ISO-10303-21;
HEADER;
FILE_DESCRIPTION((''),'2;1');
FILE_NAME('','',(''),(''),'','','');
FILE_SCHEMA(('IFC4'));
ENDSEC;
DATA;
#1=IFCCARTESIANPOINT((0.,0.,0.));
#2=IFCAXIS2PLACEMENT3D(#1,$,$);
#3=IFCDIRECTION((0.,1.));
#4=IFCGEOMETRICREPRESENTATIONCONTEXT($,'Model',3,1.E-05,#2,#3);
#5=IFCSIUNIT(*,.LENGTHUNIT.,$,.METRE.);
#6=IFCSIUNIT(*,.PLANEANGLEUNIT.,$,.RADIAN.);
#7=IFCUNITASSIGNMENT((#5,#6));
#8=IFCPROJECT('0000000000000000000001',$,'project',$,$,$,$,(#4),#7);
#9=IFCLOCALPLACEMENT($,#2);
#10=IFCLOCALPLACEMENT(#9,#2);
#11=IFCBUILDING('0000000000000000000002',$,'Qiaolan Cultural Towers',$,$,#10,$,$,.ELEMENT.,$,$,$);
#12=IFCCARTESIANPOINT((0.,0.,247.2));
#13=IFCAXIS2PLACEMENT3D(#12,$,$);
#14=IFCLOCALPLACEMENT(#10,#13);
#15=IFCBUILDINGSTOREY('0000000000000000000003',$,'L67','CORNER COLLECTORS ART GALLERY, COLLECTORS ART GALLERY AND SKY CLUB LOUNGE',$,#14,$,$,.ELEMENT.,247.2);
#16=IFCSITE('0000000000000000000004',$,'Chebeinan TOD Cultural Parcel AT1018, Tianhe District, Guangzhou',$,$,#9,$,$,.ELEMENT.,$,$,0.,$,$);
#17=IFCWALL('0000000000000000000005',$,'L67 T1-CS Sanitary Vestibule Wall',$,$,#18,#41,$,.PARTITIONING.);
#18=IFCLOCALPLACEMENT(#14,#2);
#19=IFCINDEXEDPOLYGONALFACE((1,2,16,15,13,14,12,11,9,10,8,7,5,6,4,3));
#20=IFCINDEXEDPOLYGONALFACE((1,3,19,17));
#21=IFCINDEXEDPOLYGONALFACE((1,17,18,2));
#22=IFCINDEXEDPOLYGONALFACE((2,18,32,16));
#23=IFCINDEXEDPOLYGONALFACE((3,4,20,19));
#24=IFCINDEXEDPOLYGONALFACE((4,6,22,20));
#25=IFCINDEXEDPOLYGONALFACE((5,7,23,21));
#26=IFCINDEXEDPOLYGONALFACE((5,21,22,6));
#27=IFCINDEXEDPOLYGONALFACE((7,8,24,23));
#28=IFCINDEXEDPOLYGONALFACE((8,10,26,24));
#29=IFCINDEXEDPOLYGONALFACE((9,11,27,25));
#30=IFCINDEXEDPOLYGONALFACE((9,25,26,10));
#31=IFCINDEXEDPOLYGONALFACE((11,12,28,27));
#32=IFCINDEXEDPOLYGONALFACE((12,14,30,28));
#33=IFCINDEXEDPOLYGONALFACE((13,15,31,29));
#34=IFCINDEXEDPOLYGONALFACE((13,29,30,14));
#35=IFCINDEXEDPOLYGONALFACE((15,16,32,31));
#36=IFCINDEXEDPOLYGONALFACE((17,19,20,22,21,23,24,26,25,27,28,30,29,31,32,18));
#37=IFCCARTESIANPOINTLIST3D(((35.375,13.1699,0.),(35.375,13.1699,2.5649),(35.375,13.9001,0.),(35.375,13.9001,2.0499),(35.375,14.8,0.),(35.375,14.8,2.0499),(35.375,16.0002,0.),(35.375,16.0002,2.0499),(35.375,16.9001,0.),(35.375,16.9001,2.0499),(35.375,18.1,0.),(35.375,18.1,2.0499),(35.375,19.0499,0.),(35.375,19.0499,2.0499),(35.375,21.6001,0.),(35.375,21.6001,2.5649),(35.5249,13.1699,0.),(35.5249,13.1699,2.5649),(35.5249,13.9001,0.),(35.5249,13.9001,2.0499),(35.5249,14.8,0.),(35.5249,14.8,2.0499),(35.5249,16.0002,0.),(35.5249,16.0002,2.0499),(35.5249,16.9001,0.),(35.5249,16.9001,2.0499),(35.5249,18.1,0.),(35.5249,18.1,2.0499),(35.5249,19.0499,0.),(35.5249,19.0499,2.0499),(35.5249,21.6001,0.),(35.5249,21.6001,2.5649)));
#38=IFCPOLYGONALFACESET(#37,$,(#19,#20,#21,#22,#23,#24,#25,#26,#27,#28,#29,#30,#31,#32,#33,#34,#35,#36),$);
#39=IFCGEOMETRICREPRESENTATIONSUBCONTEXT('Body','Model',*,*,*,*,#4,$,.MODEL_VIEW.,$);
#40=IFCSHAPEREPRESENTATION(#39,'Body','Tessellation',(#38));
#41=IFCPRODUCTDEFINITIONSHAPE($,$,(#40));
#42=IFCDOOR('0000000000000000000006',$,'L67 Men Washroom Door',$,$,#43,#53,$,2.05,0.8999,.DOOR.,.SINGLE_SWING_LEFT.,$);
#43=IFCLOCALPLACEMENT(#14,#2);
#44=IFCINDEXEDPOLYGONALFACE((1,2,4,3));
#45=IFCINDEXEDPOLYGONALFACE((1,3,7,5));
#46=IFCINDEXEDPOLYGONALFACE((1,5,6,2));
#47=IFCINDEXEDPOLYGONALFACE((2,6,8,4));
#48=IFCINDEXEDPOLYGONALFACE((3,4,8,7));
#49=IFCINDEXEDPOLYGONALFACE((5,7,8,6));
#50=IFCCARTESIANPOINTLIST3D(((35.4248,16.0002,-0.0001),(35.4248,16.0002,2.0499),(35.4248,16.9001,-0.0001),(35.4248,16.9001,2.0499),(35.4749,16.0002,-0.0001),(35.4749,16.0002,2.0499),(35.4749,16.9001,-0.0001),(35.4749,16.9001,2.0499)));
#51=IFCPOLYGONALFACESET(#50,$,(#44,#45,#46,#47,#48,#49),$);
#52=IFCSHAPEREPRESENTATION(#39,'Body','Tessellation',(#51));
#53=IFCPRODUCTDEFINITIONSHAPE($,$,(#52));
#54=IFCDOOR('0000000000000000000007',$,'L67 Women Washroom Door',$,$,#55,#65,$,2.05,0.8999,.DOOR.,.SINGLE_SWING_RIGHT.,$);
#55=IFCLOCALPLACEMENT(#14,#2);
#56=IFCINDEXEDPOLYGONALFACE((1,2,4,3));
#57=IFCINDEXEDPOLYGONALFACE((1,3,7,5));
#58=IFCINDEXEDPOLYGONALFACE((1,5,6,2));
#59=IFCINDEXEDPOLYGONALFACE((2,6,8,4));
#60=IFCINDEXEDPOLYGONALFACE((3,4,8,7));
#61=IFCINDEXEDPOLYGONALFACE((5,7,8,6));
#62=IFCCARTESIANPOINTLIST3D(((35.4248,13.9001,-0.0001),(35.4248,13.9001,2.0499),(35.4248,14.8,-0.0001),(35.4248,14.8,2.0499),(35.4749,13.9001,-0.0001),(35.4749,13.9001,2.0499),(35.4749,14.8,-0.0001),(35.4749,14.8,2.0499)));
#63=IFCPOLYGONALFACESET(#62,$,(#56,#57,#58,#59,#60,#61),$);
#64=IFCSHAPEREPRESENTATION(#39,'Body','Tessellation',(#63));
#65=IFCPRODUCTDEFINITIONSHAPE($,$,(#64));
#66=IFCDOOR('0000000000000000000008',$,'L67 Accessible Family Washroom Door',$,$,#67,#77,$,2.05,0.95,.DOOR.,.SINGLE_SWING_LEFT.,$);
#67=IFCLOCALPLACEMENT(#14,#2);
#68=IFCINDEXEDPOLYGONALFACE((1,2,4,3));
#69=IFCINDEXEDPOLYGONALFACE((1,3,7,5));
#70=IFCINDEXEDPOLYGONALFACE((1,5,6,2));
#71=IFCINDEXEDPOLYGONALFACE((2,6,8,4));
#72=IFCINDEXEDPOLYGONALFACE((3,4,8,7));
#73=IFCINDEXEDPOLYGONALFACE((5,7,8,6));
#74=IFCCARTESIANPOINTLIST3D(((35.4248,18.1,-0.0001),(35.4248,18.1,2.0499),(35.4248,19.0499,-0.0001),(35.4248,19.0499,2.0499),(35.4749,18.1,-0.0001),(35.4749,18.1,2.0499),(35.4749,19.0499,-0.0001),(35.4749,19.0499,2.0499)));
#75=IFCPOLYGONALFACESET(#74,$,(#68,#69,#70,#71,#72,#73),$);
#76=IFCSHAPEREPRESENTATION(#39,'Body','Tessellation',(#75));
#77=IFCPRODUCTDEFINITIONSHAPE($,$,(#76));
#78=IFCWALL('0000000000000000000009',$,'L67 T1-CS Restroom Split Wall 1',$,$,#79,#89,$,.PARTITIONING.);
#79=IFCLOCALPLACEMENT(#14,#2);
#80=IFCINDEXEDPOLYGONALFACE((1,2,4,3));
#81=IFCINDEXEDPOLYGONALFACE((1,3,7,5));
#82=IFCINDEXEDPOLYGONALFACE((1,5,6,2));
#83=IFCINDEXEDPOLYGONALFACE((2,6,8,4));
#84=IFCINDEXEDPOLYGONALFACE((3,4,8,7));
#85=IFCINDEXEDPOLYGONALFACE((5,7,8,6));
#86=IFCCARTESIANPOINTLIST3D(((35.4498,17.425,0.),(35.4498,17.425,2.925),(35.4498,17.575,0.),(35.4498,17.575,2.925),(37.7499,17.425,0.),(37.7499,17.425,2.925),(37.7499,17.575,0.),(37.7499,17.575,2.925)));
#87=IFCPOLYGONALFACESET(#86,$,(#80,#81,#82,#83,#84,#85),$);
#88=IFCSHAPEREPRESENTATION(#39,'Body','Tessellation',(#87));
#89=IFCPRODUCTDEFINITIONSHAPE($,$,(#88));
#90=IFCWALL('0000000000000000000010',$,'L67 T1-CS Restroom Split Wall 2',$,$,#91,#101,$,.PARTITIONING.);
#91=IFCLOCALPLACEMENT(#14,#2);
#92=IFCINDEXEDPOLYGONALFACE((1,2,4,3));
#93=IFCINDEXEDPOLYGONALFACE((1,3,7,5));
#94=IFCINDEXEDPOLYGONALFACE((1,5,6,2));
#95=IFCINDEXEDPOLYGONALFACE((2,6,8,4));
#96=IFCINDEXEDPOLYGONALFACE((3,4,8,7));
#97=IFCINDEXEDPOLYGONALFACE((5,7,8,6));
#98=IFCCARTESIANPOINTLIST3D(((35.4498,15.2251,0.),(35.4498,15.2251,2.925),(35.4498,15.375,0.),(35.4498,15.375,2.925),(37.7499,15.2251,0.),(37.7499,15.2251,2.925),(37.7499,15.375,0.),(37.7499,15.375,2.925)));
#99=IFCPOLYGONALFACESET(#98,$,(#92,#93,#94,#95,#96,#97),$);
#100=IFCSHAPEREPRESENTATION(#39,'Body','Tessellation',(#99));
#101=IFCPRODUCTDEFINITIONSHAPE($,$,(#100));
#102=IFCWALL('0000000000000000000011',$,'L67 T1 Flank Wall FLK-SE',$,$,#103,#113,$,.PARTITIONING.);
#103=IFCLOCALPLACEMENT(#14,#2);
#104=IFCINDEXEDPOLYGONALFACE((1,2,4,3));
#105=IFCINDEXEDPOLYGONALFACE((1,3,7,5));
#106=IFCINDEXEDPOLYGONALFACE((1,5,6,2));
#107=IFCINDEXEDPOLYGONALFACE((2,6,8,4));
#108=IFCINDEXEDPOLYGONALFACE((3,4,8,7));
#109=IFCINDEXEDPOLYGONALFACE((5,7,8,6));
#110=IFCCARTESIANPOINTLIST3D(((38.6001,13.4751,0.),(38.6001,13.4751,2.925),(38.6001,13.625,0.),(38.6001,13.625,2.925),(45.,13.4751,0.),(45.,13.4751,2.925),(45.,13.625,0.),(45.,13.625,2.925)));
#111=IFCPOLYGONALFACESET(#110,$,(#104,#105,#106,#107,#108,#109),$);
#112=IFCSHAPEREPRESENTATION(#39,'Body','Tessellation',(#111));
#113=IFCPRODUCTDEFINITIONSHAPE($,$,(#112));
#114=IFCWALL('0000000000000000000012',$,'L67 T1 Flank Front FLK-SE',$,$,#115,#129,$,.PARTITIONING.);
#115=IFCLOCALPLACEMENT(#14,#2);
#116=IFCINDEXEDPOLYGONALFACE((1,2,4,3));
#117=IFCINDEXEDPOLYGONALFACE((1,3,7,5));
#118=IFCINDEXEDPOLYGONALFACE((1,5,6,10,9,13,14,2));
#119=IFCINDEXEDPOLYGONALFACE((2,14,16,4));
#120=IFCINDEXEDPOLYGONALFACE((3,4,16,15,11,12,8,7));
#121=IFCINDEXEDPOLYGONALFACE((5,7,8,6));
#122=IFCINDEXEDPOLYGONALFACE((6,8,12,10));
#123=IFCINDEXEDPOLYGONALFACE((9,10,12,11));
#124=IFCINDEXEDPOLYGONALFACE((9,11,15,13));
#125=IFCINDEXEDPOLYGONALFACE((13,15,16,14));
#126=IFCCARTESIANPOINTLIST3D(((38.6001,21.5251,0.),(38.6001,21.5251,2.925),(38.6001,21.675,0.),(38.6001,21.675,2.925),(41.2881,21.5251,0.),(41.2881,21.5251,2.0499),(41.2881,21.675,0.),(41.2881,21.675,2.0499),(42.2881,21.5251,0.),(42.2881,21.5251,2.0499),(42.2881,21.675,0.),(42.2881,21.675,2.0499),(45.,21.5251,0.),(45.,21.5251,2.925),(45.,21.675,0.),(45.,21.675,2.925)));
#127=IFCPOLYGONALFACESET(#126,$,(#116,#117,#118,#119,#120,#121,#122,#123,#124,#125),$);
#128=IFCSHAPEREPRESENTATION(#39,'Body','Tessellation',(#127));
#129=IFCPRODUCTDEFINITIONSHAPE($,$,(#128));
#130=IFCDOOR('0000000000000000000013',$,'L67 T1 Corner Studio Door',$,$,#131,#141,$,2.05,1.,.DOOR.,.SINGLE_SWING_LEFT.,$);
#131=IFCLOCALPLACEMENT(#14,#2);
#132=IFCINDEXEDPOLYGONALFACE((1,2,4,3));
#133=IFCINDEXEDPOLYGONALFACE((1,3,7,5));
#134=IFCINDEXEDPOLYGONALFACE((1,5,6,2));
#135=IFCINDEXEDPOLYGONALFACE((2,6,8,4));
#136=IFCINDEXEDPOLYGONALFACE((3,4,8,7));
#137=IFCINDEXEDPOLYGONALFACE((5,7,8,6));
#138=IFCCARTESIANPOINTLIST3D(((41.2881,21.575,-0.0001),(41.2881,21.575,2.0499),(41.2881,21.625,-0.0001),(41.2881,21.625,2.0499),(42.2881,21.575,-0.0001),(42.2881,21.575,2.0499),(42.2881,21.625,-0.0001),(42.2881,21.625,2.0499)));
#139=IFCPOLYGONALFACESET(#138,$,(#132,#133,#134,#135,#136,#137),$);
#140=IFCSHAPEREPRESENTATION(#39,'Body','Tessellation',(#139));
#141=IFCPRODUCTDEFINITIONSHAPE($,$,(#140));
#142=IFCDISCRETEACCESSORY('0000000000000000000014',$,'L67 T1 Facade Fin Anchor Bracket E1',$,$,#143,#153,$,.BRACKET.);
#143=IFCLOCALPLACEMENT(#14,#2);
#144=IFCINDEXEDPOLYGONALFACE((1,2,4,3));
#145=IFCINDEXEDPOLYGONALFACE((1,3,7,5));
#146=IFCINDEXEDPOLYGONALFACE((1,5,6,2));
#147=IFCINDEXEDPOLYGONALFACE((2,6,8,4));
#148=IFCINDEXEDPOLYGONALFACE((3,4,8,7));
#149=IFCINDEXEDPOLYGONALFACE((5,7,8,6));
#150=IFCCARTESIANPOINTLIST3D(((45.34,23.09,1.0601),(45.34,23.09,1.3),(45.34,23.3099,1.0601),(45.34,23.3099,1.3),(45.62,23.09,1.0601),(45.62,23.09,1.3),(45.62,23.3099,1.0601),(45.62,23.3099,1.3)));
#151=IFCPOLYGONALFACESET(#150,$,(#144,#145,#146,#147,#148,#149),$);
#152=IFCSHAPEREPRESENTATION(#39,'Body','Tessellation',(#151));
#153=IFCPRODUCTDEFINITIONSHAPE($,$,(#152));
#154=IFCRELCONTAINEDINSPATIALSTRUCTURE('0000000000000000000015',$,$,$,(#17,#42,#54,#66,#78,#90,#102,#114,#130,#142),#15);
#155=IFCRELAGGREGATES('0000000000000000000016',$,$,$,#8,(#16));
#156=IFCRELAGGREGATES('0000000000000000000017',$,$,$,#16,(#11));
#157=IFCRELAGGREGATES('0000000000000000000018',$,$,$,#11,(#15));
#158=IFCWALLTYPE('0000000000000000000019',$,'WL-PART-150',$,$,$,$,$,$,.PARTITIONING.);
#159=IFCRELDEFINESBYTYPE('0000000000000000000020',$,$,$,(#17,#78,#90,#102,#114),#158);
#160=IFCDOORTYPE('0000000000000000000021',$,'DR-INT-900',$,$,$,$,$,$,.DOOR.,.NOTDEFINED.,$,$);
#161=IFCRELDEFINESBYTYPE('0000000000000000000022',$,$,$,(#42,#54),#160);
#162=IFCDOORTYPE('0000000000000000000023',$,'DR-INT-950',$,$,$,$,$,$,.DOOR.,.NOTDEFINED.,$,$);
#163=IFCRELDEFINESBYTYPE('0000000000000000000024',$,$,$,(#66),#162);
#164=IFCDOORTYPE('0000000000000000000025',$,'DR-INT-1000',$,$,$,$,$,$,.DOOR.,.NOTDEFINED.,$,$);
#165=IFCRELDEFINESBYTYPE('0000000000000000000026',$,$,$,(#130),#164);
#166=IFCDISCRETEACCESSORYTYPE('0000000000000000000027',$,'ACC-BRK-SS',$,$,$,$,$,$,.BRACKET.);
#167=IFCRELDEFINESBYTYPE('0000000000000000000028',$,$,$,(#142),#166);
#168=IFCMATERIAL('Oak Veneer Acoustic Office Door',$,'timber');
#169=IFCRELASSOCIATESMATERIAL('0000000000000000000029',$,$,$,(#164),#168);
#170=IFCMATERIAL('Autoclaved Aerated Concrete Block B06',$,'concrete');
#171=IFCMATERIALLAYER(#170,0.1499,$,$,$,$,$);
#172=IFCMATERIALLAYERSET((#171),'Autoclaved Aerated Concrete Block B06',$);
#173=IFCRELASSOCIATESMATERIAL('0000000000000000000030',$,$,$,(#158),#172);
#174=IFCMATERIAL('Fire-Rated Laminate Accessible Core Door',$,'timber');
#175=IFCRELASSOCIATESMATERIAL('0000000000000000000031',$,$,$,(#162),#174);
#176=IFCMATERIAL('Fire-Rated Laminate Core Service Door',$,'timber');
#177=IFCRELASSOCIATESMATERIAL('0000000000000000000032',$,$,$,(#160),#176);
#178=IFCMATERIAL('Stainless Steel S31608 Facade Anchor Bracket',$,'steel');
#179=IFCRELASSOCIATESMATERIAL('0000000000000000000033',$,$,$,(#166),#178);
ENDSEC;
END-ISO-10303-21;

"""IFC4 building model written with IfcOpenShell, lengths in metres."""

from ifc_helpers import new_model, si_unit, direction, frame, frame_2d, origin, origin_2d, place, context, subcontext, project, spatial, rectangle, extrude, material, layer, layer_set, type_object, element, fill, save


model = new_model("IFC4")

# Units and contexts
model_context = context("Model", 3, precision=1e-05, world=origin(), true_north=direction((0.0, 1.0)))
body_context = subcontext(model_context, "Body", "Model", "MODEL_VIEW")
ifc_project = project(units=[si_unit("LENGTHUNIT", "METRE"), si_unit("PLANEANGLEUNIT", "RADIAN")], contexts=[model_context])

# Site, building, storey
site_placement = place(None, origin())
site = spatial("IfcSite", under=ifc_project, at=site_placement, Name="Chebeinan TOD Cultural Parcel AT1018, Tianhe District, Guangzhou", CompositionType="ELEMENT", RefElevation=0.0)
building_placement = place(site_placement, origin())
building = spatial("IfcBuilding", under=site, at=building_placement, Name="Qiaolan Cultural Towers", CompositionType="ELEMENT")
storey_placement = place(building_placement, frame((0.0, 0.0, 247.2)))
storey = spatial("IfcBuildingStorey", under=building, at=storey_placement, Name="L67", Description="CORNER COLLECTORS ART GALLERY, COLLECTORS ART GALLERY AND SKY CLUB LOUNGE", CompositionType="ELEMENT", Elevation=247.2)

# Shared definitions
ifc_material_1 = material(Name="Oak Veneer Acoustic Office Door", Category="timber")
door_type_1 = type_object("IfcDoorType", Name="DR-INT-1000", OperationType="NOTDEFINED", PredefinedType="DOOR", material=ifc_material_1)

# Shared definitions
ifc_material_2 = material(Name="Autoclaved Aerated Concrete Block B06", Category="concrete")
ifc_layer_1 = layer(ifc_material_2, 0.1499)
ifc_layer_set_1 = layer_set([ifc_layer_1], Name="Autoclaved Aerated Concrete Block B06")
wall_type_1 = type_object("IfcWallType", Name="WL-PART-150", PredefinedType="PARTITIONING", material=ifc_layer_set_1)
ifc_material_3 = material(Name="Fire-Rated Laminate Accessible Core Door", Category="timber")
door_type_2 = type_object("IfcDoorType", Name="DR-INT-950", OperationType="NOTDEFINED", PredefinedType="DOOR", material=ifc_material_3)

# Wall, openings, doors
wall_1_placement = place(storey_placement, frame((35.45, 21.6001, 0.0), z_axis=(0.0, 0.0, 1.0), x_axis=(0.0, -1.0, 0.0)))
wall_1 = element("IfcWall", 1, at=wall_1_placement, inside=storey, type_object=wall_type_1, Name="L67 T1-CS Sanitary Vestibule Wall", PredefinedType="PARTITIONING", context=body_context, shape_type="SweptSolid", body=[
    extrude(rectangle(XDim=8.4302, YDim=0.1499, at=frame_2d((4.2151, 0.0))), origin(), (0.0, 0.0, 1.0), 2.5649),
])
opening_1_placement = place(wall_1_placement, frame((2.55, 0.0, 0.0)))
opening_1 = element("IfcOpeningElement", 2, at=opening_1_placement, cuts=wall_1, PredefinedType="OPENING", context=body_context, shape_type="SweptSolid", body=[
    extrude(rectangle(XDim=0.95, YDim=2.05, at=frame_2d((0.4751, 1.0249))), frame((0.0, 0.085, 0.0), z_axis=(0.0, -1.0, 0.0), x_axis=(1.0, 0.0, 0.0)), (0.0, 0.0, 1.0), 0.1699),
])
opening_2_placement = place(wall_1_placement, frame((4.7, 0.0, 0.0)))
opening_2 = element("IfcOpeningElement", 3, at=opening_2_placement, cuts=wall_1, PredefinedType="OPENING", context=body_context, shape_type="SweptSolid", body=[
    extrude(rectangle(XDim=0.8999, YDim=2.05, at=frame_2d((0.45, 1.0249))), frame((0.0, 0.085, 0.0), z_axis=(0.0, -1.0, 0.0), x_axis=(1.0, 0.0, 0.0)), (0.0, 0.0, 1.0), 0.1699),
])
opening_3_placement = place(wall_1_placement, frame((6.8, 0.0, 0.0)))
opening_3 = element("IfcOpeningElement", 4, at=opening_3_placement, cuts=wall_1, PredefinedType="OPENING", context=body_context, shape_type="SweptSolid", body=[
    extrude(rectangle(XDim=0.8999, YDim=2.05, at=frame_2d((0.45, 1.0249))), frame((0.0, 0.085, 0.0), z_axis=(0.0, -1.0, 0.0), x_axis=(1.0, 0.0, 0.0)), (0.0, 0.0, 1.0), 0.1699),
])
ifc_material_4 = material(Name="Fire-Rated Laminate Core Service Door", Category="timber")
door_type_3 = type_object("IfcDoorType", Name="DR-INT-900", OperationType="NOTDEFINED", PredefinedType="DOOR", material=ifc_material_4)
door_1_placement = place(opening_2_placement, origin())
door_1 = element("IfcDoor", 5, at=door_1_placement, inside=storey, type_object=door_type_3, Name="L67 Men Washroom Door", OperationType="SINGLE_SWING_LEFT", OverallHeight=2.05, OverallWidth=0.8999, PredefinedType="DOOR", context=body_context, shape_type="SweptSolid", body=[
    extrude(rectangle(XDim=0.8999, YDim=2.05, at=frame_2d((0.45, 1.0249))), frame((0.0, 0.0249, 0.0), z_axis=(0.0, -1.0, 0.0), x_axis=(1.0, 0.0, 0.0)), (0.0, 0.0, 1.0), 0.05),
])
fill(opening_2, door_1)
door_2_placement = place(opening_3_placement, origin())
door_2 = element("IfcDoor", 6, at=door_2_placement, inside=storey, type_object=door_type_3, Name="L67 Women Washroom Door", OperationType="SINGLE_SWING_RIGHT", OverallHeight=2.05, OverallWidth=0.8999, PredefinedType="DOOR", context=body_context, shape_type="SweptSolid", body=[
    extrude(rectangle(XDim=0.8999, YDim=2.05, at=frame_2d((0.45, 1.0249))), frame((0.0, 0.0249, 0.0), z_axis=(0.0, -1.0, 0.0), x_axis=(1.0, 0.0, 0.0)), (0.0, 0.0, 1.0), 0.05),
])
fill(opening_3, door_2)
door_3_placement = place(opening_1_placement, origin())
door_3 = element("IfcDoor", 7, at=door_3_placement, inside=storey, type_object=door_type_2, Name="L67 Accessible Family Washroom Door", OperationType="SINGLE_SWING_LEFT", OverallHeight=2.05, OverallWidth=0.95, PredefinedType="DOOR", context=body_context, shape_type="SweptSolid", body=[
    extrude(rectangle(XDim=0.95, YDim=2.05, at=frame_2d((0.4751, 1.0249))), frame((0.0, 0.0249, 0.0), z_axis=(0.0, -1.0, 0.0), x_axis=(1.0, 0.0, 0.0)), (0.0, 0.0, 1.0), 0.05),
])
fill(opening_1, door_3)

# Walls
for number, where, z_axis, x_axis, name in (
    (8, (35.45, 17.5, 0.0), (0.0, 0.0, 1.0), (1.0, 0.0, 0.0), "L67 T1-CS Restroom Split Wall 1"),
    (9, (35.45, 15.3, 0.0), (0.0, 0.0, 1.0), (1.0, 0.0, 0.0), "L67 T1-CS Restroom Split Wall 2"),
):
    element("IfcWall", number, at=place(storey_placement, frame(where, z_axis=z_axis, x_axis=x_axis)), inside=storey, type_object=wall_type_1, Name=name, PredefinedType="PARTITIONING", context=body_context, shape_type="SweptSolid", body=[
        extrude(rectangle(XDim=2.3, YDim=0.1499, at=frame_2d((1.1499, 0.0))), origin(), (0.0, 0.0, 1.0), 2.925),
    ])
wall_2_placement = place(storey_placement, frame((38.6001, 13.55, 0.0), z_axis=(0.0, 0.0, 1.0), x_axis=(1.0, 0.0, 0.0)))
element("IfcWall", 10, at=wall_2_placement, inside=storey, type_object=wall_type_1, Name="L67 T1 Flank Wall FLK-SE", PredefinedType="PARTITIONING", context=body_context, shape_type="SweptSolid", body=[
    extrude(rectangle(XDim=6.3999, YDim=0.1499, at=frame_2d((3.2, 0.0))), origin(), (0.0, 0.0, 1.0), 2.925),
])

# Wall, opening, door
wall_3_placement = place(storey_placement, frame((38.6001, 21.6001, 0.0), z_axis=(0.0, 0.0, 1.0), x_axis=(1.0, 0.0, 0.0)))
wall_3 = element("IfcWall", 11, at=wall_3_placement, inside=storey, type_object=wall_type_1, Name="L67 T1 Flank Front FLK-SE", PredefinedType="PARTITIONING", context=body_context, shape_type="SweptSolid", body=[
    extrude(rectangle(XDim=6.3999, YDim=0.1499, at=frame_2d((3.2, 0.0))), origin(), (0.0, 0.0, 1.0), 2.925),
])
opening_4_placement = place(wall_3_placement, frame((2.688, 0.0, 0.0)))
opening_4 = element("IfcOpeningElement", 12, at=opening_4_placement, cuts=wall_3, PredefinedType="OPENING", context=body_context, shape_type="SweptSolid", body=[
    extrude(rectangle(XDim=1.0, YDim=2.05, at=frame_2d((0.5, 1.0249))), frame((0.0, 0.085, 0.0), z_axis=(0.0, -1.0, 0.0), x_axis=(1.0, 0.0, 0.0)), (0.0, 0.0, 1.0), 0.1699),
])
door_4_placement = place(opening_4_placement, origin())
door_4 = element("IfcDoor", 13, at=door_4_placement, inside=storey, type_object=door_type_1, Name="L67 T1 Corner Studio Door", OperationType="SINGLE_SWING_LEFT", OverallHeight=2.05, OverallWidth=1.0, PredefinedType="DOOR", context=body_context, shape_type="SweptSolid", body=[
    extrude(rectangle(XDim=1.0, YDim=2.05, at=frame_2d((0.5, 1.0249))), frame((0.0, 0.0249, 0.0), z_axis=(0.0, -1.0, 0.0), x_axis=(1.0, 0.0, 0.0)), (0.0, 0.0, 1.0), 0.05),
])
fill(opening_4, door_4)

# Discrete accessory
ifc_material_5 = material(Name="Stainless Steel S31608 Facade Anchor Bracket", Category="steel")
discrete_accessory_type = type_object("IfcDiscreteAccessoryType", Name="ACC-BRK-SS", PredefinedType="BRACKET", material=ifc_material_5)
discrete_accessory_placement = place(storey_placement, frame((45.48, 23.2, 1.0601), z_axis=(0.0, 0.0, 1.0), x_axis=(1.0, 0.0, 0.0)))
element("IfcDiscreteAccessory", 14, at=discrete_accessory_placement, inside=storey, type_object=discrete_accessory_type, Name="L67 T1 Facade Fin Anchor Bracket E1", PredefinedType="BRACKET", context=body_context, shape_type="SweptSolid", body=[
    extrude(rectangle(XDim=0.28, YDim=0.22, at=origin_2d()), origin(), (0.0, 0.0, 1.0), 0.24),
])

save(model, "model.ifc")
